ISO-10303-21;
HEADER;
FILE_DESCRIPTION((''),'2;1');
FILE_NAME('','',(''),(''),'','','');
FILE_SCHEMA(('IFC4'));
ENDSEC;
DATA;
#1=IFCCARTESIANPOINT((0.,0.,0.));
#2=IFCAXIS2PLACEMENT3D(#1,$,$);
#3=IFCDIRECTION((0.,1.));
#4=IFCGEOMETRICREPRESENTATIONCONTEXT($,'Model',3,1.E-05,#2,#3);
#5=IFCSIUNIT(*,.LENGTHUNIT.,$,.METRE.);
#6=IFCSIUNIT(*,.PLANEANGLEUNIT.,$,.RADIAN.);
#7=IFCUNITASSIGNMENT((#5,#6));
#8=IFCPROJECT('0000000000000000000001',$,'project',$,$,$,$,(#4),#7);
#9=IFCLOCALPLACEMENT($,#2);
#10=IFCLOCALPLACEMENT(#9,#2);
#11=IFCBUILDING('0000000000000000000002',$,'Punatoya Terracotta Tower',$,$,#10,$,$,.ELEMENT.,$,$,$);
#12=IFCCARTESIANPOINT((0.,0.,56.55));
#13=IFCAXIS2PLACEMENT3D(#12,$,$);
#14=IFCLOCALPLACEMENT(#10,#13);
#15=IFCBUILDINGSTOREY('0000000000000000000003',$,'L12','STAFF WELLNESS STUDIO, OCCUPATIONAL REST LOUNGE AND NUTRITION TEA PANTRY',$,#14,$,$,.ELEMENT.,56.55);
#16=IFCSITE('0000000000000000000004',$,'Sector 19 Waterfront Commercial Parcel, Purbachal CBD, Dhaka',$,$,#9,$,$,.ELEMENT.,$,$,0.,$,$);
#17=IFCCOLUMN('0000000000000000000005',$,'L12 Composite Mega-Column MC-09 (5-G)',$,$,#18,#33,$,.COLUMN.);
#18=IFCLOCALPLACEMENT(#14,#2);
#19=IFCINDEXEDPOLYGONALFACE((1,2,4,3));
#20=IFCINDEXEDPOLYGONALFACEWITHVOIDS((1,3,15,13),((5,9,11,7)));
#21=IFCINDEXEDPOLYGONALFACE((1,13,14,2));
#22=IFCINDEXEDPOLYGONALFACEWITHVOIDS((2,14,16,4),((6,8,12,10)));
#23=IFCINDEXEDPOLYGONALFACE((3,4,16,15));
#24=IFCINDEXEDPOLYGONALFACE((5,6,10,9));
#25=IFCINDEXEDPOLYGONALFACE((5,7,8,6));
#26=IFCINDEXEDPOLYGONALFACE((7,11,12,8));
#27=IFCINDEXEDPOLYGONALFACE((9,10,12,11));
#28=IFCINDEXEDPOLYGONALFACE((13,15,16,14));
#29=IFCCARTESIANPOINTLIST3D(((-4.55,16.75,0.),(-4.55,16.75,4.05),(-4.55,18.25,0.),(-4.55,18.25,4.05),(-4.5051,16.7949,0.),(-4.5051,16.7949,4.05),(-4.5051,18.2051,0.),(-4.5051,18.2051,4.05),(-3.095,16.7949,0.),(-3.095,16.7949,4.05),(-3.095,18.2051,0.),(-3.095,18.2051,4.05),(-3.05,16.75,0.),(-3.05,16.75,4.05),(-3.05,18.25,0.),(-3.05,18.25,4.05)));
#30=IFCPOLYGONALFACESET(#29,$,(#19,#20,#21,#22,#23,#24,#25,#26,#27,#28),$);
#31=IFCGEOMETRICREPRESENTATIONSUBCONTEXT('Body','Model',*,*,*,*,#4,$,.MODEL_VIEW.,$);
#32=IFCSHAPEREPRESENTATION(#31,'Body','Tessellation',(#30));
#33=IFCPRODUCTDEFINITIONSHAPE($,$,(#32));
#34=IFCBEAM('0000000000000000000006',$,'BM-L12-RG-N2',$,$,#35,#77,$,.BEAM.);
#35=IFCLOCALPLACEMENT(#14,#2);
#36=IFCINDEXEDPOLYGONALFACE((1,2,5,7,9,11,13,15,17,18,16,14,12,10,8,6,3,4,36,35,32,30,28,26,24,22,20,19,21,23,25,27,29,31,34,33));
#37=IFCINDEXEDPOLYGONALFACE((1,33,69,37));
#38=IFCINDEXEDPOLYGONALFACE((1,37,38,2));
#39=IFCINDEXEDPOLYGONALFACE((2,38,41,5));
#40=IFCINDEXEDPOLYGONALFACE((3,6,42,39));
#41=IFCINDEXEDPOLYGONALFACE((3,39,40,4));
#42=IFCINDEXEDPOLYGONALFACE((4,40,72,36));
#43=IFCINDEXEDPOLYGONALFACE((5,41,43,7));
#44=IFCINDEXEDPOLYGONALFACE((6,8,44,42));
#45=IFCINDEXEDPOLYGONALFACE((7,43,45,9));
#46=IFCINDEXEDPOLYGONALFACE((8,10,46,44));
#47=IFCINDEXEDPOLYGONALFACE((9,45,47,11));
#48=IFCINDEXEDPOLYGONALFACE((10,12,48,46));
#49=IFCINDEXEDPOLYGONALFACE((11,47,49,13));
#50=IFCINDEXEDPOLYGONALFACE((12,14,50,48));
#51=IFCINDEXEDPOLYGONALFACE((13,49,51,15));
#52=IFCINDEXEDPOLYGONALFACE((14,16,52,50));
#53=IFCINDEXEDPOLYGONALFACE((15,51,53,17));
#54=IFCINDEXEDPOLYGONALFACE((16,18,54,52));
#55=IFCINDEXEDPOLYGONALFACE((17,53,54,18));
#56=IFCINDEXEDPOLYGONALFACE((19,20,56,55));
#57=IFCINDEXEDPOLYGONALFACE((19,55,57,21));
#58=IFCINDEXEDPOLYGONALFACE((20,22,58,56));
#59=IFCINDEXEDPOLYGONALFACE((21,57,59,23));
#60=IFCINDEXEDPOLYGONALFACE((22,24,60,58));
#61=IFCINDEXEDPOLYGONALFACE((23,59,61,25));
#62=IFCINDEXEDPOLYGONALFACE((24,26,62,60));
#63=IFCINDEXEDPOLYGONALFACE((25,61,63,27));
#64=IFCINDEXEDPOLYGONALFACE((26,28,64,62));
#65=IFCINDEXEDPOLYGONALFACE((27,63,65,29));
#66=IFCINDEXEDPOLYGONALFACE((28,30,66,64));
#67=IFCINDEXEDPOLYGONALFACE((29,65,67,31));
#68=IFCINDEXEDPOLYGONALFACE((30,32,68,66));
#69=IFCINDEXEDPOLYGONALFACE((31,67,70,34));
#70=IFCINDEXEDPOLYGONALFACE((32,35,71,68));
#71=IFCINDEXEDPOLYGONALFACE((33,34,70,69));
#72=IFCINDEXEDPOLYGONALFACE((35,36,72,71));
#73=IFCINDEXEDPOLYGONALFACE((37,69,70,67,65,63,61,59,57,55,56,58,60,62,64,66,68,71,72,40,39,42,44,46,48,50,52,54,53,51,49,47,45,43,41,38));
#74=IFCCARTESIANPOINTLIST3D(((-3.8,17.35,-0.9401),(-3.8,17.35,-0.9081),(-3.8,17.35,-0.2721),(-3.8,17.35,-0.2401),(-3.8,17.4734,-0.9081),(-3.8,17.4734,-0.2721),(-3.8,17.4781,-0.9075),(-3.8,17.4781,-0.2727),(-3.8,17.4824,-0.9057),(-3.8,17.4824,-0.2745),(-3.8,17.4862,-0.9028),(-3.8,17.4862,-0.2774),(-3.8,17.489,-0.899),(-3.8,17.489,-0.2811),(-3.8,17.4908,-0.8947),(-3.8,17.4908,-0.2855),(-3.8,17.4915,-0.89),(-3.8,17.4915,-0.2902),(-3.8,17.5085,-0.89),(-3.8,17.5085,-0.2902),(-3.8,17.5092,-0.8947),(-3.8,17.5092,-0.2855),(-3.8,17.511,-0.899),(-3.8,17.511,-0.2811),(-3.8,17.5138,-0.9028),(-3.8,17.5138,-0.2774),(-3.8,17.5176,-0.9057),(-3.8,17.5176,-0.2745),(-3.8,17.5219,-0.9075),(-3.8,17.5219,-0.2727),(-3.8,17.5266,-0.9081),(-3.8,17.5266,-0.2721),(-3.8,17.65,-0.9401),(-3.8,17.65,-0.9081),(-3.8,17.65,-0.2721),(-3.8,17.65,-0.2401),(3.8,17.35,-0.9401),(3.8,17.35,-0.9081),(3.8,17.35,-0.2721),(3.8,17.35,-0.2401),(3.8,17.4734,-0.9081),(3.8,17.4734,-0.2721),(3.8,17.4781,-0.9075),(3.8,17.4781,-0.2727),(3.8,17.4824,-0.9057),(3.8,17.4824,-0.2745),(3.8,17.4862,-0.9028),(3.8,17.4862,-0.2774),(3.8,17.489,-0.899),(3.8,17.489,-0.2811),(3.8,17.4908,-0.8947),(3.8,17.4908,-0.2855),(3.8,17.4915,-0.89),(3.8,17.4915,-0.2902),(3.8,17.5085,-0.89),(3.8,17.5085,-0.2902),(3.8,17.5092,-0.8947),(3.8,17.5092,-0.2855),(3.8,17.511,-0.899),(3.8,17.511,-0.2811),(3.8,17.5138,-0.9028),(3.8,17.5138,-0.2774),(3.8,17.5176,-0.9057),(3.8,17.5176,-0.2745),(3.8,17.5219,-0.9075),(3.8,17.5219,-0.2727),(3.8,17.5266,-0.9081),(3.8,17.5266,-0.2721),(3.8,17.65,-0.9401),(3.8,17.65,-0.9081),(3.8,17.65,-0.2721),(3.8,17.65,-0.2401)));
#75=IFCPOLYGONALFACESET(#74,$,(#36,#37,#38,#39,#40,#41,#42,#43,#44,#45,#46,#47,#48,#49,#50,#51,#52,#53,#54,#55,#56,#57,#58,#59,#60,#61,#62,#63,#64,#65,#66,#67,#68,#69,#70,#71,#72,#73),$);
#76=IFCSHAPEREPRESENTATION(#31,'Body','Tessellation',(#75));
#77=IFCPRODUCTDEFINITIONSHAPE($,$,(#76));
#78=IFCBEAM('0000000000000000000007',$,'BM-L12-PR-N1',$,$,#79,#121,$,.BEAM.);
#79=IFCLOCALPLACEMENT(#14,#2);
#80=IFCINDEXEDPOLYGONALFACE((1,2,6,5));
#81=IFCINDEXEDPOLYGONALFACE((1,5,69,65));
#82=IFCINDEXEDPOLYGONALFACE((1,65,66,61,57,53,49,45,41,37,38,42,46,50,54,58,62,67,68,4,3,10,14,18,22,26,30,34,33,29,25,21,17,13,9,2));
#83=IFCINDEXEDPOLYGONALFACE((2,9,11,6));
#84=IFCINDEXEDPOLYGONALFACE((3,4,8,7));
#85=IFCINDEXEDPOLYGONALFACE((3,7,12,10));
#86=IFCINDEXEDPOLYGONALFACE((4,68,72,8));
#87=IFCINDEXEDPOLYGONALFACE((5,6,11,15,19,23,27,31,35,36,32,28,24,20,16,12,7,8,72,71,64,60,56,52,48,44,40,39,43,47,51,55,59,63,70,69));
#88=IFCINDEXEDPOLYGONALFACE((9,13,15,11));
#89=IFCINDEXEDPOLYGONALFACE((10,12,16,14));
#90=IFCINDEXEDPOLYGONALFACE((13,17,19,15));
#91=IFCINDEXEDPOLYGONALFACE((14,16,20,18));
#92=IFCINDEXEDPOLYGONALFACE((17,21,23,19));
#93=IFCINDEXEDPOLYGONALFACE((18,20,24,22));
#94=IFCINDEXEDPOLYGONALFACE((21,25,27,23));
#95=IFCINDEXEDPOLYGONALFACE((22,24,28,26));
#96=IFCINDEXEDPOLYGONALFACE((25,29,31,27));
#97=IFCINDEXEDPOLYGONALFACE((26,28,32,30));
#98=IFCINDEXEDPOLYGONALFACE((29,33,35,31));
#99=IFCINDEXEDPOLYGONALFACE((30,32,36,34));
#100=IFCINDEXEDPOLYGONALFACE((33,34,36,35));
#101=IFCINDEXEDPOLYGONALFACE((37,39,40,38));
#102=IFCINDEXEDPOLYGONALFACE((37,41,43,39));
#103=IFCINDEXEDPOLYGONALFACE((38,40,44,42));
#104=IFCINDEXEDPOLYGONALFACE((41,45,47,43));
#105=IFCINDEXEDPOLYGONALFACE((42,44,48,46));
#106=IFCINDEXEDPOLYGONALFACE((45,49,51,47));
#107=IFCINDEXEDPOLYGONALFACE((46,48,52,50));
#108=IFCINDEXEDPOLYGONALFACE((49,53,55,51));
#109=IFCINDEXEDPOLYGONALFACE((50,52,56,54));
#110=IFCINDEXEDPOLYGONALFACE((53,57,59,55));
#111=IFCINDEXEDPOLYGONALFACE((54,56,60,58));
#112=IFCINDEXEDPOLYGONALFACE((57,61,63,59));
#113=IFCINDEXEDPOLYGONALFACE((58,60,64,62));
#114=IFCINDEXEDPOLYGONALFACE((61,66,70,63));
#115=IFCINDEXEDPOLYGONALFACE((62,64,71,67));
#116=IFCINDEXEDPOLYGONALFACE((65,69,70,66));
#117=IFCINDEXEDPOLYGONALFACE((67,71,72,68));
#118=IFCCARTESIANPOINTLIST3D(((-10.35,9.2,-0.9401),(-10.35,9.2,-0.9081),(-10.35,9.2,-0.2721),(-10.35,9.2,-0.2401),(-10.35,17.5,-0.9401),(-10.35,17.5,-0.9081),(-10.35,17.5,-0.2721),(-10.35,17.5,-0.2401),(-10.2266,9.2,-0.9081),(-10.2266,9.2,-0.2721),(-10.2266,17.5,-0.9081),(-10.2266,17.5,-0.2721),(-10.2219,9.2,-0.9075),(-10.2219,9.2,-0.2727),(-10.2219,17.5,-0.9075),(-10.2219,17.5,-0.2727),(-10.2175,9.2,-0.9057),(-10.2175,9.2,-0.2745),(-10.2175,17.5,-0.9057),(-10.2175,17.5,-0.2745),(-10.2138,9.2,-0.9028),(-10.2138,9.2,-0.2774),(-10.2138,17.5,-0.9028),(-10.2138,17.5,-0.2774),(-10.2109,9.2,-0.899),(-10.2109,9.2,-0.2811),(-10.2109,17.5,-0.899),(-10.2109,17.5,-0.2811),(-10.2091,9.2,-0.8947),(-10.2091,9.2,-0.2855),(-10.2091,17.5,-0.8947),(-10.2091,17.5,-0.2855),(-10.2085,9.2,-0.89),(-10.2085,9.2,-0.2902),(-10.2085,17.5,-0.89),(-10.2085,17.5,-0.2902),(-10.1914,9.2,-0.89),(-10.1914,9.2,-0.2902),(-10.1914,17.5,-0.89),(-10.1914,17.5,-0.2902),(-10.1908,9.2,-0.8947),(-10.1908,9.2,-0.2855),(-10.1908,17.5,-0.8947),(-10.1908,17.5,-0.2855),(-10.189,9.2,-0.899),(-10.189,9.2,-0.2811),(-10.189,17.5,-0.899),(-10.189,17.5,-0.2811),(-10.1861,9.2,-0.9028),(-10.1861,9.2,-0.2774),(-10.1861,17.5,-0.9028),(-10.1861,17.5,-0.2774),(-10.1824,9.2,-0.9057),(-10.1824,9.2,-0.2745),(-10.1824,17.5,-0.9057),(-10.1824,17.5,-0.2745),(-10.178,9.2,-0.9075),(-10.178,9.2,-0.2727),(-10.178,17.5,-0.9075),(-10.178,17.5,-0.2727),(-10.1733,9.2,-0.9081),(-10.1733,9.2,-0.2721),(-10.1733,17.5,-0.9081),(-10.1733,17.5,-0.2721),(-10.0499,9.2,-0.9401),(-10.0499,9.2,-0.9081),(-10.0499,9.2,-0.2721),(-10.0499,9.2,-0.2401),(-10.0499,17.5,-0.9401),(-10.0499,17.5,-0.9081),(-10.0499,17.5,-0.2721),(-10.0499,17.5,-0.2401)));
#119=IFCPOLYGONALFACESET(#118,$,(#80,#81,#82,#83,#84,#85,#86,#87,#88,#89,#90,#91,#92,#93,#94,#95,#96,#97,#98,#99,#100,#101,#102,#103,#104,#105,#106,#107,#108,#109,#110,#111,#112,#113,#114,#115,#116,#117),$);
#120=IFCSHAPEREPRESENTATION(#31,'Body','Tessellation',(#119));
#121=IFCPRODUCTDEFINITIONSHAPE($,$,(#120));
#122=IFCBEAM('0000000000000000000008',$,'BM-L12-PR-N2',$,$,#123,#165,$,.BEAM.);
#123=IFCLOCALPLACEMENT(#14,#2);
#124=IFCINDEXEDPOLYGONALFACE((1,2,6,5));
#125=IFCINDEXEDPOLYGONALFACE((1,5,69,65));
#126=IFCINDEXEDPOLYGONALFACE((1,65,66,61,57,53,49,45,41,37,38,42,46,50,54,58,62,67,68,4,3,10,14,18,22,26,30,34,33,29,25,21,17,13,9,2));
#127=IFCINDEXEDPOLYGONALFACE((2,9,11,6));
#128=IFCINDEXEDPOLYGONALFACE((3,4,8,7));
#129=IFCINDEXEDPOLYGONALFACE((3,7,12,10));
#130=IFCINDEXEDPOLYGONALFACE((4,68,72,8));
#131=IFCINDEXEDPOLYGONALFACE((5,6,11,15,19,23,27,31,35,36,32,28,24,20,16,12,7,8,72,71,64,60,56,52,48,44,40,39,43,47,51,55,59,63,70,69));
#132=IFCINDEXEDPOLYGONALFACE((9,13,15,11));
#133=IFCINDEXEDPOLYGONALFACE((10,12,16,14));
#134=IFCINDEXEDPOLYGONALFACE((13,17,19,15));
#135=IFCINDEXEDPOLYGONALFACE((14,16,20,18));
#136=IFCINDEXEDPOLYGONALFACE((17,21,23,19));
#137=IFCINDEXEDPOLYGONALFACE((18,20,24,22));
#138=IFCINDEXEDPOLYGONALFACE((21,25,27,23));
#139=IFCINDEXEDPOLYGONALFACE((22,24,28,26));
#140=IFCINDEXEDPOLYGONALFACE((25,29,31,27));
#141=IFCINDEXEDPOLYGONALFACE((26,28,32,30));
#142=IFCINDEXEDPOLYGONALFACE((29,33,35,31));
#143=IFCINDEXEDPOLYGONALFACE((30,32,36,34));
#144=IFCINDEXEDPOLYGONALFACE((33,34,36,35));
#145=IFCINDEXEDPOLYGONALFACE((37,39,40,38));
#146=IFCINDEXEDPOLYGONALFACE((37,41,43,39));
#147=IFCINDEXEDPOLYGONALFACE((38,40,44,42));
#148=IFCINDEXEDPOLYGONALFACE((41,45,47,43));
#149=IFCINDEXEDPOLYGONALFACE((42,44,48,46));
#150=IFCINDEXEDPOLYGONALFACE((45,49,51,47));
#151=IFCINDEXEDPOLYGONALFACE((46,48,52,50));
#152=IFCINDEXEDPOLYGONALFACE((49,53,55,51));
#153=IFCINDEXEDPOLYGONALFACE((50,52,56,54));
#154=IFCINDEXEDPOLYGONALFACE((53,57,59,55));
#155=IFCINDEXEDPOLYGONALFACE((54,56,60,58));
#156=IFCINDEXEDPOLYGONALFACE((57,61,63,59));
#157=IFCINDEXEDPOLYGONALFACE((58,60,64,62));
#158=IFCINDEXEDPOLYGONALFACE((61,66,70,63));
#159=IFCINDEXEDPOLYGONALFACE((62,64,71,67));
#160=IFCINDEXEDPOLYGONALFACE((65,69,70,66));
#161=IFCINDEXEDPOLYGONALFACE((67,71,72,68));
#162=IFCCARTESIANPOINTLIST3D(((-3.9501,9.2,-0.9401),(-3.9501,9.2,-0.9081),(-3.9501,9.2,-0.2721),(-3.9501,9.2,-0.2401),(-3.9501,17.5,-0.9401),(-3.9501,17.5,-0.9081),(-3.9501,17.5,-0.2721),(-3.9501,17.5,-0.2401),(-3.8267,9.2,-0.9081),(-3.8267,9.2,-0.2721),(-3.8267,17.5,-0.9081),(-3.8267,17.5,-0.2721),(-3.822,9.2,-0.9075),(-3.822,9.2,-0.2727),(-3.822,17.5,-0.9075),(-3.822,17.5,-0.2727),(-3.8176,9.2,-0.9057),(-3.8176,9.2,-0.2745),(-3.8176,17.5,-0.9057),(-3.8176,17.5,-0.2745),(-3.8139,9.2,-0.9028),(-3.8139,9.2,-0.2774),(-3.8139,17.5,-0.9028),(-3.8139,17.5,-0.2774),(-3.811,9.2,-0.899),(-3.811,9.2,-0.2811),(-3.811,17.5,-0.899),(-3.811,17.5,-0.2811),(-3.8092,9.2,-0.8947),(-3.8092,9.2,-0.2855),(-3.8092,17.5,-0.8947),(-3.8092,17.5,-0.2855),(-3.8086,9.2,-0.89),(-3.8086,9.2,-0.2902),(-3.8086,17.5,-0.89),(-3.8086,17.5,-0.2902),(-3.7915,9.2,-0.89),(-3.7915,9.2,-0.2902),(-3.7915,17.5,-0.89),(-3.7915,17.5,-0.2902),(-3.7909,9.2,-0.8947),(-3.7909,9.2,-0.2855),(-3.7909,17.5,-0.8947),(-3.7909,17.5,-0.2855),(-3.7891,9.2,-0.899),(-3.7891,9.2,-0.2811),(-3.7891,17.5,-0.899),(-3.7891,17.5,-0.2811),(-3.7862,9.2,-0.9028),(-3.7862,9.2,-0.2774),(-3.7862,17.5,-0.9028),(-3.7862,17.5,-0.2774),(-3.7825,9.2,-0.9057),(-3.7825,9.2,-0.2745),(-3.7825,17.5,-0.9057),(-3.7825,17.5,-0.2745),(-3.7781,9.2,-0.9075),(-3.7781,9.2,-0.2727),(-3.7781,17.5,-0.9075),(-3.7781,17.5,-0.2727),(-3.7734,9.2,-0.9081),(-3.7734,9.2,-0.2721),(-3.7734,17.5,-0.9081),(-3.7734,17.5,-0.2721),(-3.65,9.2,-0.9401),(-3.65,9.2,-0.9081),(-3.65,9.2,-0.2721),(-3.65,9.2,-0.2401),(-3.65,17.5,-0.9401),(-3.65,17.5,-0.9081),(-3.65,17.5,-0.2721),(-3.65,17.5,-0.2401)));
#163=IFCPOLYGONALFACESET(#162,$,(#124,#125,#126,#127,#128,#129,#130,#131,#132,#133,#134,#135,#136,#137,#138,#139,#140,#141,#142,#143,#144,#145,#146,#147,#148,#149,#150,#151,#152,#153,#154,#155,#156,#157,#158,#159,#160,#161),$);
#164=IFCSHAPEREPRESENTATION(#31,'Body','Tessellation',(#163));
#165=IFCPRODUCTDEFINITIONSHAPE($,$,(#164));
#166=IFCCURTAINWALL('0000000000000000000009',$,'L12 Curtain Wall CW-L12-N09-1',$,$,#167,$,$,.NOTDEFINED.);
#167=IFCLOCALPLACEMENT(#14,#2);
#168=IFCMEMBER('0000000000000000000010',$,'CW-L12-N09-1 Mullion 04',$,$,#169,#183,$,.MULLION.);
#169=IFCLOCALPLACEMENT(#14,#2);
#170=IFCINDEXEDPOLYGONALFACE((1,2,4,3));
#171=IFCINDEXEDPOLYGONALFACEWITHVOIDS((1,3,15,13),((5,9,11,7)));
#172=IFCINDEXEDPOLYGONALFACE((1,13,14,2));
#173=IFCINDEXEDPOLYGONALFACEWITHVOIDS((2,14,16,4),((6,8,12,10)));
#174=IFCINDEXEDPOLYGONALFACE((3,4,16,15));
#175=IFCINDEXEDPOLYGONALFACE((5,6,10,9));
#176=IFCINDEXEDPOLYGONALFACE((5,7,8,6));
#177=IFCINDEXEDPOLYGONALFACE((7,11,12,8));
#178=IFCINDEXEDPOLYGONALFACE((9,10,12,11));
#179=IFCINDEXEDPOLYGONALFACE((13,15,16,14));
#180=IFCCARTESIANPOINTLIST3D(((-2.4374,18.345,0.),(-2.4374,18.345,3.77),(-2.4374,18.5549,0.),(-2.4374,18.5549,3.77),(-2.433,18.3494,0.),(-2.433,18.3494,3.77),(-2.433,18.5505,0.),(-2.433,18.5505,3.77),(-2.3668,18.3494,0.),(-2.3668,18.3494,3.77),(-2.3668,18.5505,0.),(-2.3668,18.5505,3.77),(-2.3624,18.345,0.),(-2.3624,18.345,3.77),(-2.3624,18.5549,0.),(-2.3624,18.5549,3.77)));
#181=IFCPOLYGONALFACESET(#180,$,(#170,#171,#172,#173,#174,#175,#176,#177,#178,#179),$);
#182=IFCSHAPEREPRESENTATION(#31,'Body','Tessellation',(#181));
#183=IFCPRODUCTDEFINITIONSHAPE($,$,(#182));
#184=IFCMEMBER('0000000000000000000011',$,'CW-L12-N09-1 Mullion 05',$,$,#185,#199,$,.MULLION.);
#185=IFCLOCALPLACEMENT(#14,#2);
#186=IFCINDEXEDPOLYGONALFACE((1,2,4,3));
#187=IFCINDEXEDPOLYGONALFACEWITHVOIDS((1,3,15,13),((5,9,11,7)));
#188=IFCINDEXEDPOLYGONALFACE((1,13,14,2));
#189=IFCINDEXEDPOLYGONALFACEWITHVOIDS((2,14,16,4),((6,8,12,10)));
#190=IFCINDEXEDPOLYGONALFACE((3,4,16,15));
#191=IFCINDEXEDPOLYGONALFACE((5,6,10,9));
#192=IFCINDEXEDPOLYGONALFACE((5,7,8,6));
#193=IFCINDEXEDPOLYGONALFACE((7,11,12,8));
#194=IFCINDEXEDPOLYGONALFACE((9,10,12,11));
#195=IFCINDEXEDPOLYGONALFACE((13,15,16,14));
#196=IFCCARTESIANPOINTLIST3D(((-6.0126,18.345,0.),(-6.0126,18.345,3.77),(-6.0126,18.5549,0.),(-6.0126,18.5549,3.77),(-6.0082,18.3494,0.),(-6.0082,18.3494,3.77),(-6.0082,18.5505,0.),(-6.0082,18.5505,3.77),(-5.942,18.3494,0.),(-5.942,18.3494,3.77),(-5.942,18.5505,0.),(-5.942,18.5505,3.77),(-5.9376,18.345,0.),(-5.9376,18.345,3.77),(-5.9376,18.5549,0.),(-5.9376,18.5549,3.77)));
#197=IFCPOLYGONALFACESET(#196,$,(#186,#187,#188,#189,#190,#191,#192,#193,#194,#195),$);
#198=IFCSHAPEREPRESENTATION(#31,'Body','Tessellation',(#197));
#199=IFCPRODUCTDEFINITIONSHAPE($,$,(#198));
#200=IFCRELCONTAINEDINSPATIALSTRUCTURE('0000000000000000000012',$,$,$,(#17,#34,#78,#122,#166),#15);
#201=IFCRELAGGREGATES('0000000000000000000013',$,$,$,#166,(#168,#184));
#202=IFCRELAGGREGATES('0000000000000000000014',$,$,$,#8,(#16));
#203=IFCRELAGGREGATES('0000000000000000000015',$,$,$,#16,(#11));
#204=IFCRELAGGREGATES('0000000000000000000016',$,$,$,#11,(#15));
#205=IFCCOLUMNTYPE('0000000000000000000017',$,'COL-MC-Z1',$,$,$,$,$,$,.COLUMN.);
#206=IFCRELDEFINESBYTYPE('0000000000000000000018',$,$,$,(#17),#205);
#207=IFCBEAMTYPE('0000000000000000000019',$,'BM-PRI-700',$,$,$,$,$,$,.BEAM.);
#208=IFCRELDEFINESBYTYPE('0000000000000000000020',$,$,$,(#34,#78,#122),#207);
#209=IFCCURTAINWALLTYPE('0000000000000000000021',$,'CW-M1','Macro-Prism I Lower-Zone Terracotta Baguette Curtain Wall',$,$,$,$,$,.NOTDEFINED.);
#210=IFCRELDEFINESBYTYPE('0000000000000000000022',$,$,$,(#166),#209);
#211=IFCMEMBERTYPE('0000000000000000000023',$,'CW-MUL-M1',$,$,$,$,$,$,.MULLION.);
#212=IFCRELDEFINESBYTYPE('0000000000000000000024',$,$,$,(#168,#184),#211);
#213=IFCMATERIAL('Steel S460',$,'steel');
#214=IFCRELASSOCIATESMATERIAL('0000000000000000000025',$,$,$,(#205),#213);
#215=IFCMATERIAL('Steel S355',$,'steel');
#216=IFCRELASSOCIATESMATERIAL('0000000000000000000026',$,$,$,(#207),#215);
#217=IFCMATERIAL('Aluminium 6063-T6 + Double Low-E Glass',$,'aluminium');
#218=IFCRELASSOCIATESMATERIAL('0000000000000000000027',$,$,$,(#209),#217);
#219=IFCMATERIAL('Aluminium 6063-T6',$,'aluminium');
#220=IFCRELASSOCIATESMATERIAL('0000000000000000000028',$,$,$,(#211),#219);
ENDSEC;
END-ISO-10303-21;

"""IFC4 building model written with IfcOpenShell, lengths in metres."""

from ifc_helpers import new_model, si_unit, direction, frame, origin, origin_2d, place, context, subcontext, project, spatial, hollow_rectangle, i_section, extrude, material, material_profile, profile_set, type_object, element, aggregate, save


model = new_model("IFC4")

# Units and contexts
model_context = context("Model", 3, precision=1e-05, world=origin(), true_north=direction((0.0, 1.0)))
body_context = subcontext(model_context, "Body", "Model", "MODEL_VIEW")
ifc_project = project(units=[si_unit("LENGTHUNIT", "METRE"), si_unit("PLANEANGLEUNIT", "RADIAN")], contexts=[model_context])

# Site, building, storey
site_placement = place(None, origin())
site = spatial("IfcSite", under=ifc_project, at=site_placement, Name="Sector 19 Waterfront Commercial Parcel, Purbachal CBD, Dhaka", CompositionType="ELEMENT", RefElevation=0.0)
building_placement = place(site_placement, origin())
building = spatial("IfcBuilding", under=site, at=building_placement, Name="Punatoya Terracotta Tower", CompositionType="ELEMENT")
storey_placement = place(building_placement, frame((0.0, 0.0, 56.55)))
storey = spatial("IfcBuildingStorey", under=building, at=storey_placement, Name="L12", Description="STAFF WELLNESS STUDIO, OCCUPATIONAL REST LOUNGE AND NUTRITION TEA PANTRY", CompositionType="ELEMENT", Elevation=56.55)

# Column
ifc_material_1 = material(Name="Steel S460", Category="steel")
ifc_material_profile_1 = material_profile(ifc_material_1, hollow_rectangle(XDim=1.5, YDim=1.5, WallThickness=0.0449, at=origin_2d()))
ifc_profile_set_1 = profile_set([ifc_material_profile_1], Name="Steel S460")
column_type = type_object("IfcColumnType", Name="COL-MC-Z1", PredefinedType="COLUMN", material=ifc_profile_set_1)
column_placement = place(storey_placement, frame((-3.8, 17.5, 0.0), z_axis=(0.0, 0.0, 1.0), x_axis=(1.0, 0.0, 0.0)))
element("IfcColumn", 1, at=column_placement, inside=storey, type_object=column_type, Name="L12 Composite Mega-Column MC-09 (5-G)", PredefinedType="COLUMN", context=body_context, shape_type="SweptSolid", body=[
    extrude(hollow_rectangle(XDim=1.5, YDim=1.5, WallThickness=0.0449, at=origin_2d()), origin(), (0.0, 0.0, 1.0), 4.05),
])

# Beams
ifc_material_2 = material(Name="Steel S355", Category="steel")
ifc_material_profile_2 = material_profile(ifc_material_2, i_section(OverallWidth=0.3, OverallDepth=0.7, WebThickness=0.0171, FlangeThickness=0.032, FilletRadius=0.0181, at=origin_2d()))
ifc_profile_set_2 = profile_set([ifc_material_profile_2], Name="Steel S355")
beam_type = type_object("IfcBeamType", Name="BM-PRI-700", PredefinedType="BEAM", material=ifc_profile_set_2)
beam_placement = place(storey_placement, frame((-3.8, 17.5, -0.5901), z_axis=(1.0, 0.0, 0.0), x_axis=(0.0, 1.0, 0.0)))
element("IfcBeam", 2, at=beam_placement, inside=storey, type_object=beam_type, Name="BM-L12-RG-N2", PredefinedType="BEAM", context=body_context, shape_type="SweptSolid", body=[
    extrude(i_section(OverallWidth=0.3, OverallDepth=0.7, WebThickness=0.0171, FlangeThickness=0.032, FilletRadius=0.0181, at=origin_2d()), origin(), (0.0, 0.0, 1.0), 7.6001),
])
for number, where, z_axis, x_axis, name in (
    (3, (-10.2, 9.2, -0.5901), (0.0, 1.0, 0.0), (-1.0, 0.0, 0.0), "BM-L12-PR-N1"),
    (4, (-3.8, 9.2, -0.5901), (0.0, 1.0, 0.0), (-1.0, 0.0, 0.0), "BM-L12-PR-N2"),
):
    element("IfcBeam", number, at=place(storey_placement, frame(where, z_axis=z_axis, x_axis=x_axis)), inside=storey, type_object=beam_type, Name=name, PredefinedType="BEAM", context=body_context, shape_type="SweptSolid", body=[
        extrude(i_section(OverallWidth=0.3, OverallDepth=0.7, WebThickness=0.0171, FlangeThickness=0.032, FilletRadius=0.0181, at=origin_2d()), origin(), (0.0, 0.0, 1.0), 8.3),
    ])

# Curtain wall, members
ifc_material_3 = material(Name="Aluminium 6063-T6 + Double Low-E Glass", Category="aluminium")
curtain_wall_type = type_object("IfcCurtainWallType", Name="CW-M1", Description="Macro-Prism I Lower-Zone Terracotta Baguette Curtain Wall", PredefinedType="NOTDEFINED", material=ifc_material_3)
curtain_wall_placement = place(storey_placement, origin())
curtain_wall = element("IfcCurtainWall", 5, at=curtain_wall_placement, inside=storey, type_object=curtain_wall_type, Name="L12 Curtain Wall CW-L12-N09-1", PredefinedType="NOTDEFINED")
ifc_material_4 = material(Name="Aluminium 6063-T6", Category="aluminium")
ifc_material_profile_3 = material_profile(ifc_material_4, hollow_rectangle(XDim=0.075, YDim=0.21, WallThickness=0.0044, at=origin_2d()))
ifc_profile_set_3 = profile_set([ifc_material_profile_3], Name="Aluminium 6063-T6")
member_type = type_object("IfcMemberType", Name="CW-MUL-M1", PredefinedType="MULLION", material=ifc_profile_set_3)
member_1_placement = place(storey_placement, frame((-2.3999, 18.45, 0.0), z_axis=(0.0, 0.0, 1.0), x_axis=(1.0, 0.0, 0.0)))
member_1 = element("IfcMember", 6, at=member_1_placement, type_object=member_type, Name="CW-L12-N09-1 Mullion 04", PredefinedType="MULLION", context=body_context, shape_type="SweptSolid", body=[
    extrude(hollow_rectangle(XDim=0.075, YDim=0.21, WallThickness=0.0044, at=origin_2d()), origin(), (0.0, 0.0, 1.0), 3.77),
])
member_2_placement = place(storey_placement, frame((-5.9751, 18.45, 0.0), z_axis=(0.0, 0.0, 1.0), x_axis=(1.0, 0.0, 0.0)))
member_2 = element("IfcMember", 7, at=member_2_placement, type_object=member_type, Name="CW-L12-N09-1 Mullion 05", PredefinedType="MULLION", context=body_context, shape_type="SweptSolid", body=[
    extrude(hollow_rectangle(XDim=0.075, YDim=0.21, WallThickness=0.0044, at=origin_2d()), origin(), (0.0, 0.0, 1.0), 3.77),
])
aggregate(curtain_wall, [member_1, member_2])

save(model, "model.ifc")
